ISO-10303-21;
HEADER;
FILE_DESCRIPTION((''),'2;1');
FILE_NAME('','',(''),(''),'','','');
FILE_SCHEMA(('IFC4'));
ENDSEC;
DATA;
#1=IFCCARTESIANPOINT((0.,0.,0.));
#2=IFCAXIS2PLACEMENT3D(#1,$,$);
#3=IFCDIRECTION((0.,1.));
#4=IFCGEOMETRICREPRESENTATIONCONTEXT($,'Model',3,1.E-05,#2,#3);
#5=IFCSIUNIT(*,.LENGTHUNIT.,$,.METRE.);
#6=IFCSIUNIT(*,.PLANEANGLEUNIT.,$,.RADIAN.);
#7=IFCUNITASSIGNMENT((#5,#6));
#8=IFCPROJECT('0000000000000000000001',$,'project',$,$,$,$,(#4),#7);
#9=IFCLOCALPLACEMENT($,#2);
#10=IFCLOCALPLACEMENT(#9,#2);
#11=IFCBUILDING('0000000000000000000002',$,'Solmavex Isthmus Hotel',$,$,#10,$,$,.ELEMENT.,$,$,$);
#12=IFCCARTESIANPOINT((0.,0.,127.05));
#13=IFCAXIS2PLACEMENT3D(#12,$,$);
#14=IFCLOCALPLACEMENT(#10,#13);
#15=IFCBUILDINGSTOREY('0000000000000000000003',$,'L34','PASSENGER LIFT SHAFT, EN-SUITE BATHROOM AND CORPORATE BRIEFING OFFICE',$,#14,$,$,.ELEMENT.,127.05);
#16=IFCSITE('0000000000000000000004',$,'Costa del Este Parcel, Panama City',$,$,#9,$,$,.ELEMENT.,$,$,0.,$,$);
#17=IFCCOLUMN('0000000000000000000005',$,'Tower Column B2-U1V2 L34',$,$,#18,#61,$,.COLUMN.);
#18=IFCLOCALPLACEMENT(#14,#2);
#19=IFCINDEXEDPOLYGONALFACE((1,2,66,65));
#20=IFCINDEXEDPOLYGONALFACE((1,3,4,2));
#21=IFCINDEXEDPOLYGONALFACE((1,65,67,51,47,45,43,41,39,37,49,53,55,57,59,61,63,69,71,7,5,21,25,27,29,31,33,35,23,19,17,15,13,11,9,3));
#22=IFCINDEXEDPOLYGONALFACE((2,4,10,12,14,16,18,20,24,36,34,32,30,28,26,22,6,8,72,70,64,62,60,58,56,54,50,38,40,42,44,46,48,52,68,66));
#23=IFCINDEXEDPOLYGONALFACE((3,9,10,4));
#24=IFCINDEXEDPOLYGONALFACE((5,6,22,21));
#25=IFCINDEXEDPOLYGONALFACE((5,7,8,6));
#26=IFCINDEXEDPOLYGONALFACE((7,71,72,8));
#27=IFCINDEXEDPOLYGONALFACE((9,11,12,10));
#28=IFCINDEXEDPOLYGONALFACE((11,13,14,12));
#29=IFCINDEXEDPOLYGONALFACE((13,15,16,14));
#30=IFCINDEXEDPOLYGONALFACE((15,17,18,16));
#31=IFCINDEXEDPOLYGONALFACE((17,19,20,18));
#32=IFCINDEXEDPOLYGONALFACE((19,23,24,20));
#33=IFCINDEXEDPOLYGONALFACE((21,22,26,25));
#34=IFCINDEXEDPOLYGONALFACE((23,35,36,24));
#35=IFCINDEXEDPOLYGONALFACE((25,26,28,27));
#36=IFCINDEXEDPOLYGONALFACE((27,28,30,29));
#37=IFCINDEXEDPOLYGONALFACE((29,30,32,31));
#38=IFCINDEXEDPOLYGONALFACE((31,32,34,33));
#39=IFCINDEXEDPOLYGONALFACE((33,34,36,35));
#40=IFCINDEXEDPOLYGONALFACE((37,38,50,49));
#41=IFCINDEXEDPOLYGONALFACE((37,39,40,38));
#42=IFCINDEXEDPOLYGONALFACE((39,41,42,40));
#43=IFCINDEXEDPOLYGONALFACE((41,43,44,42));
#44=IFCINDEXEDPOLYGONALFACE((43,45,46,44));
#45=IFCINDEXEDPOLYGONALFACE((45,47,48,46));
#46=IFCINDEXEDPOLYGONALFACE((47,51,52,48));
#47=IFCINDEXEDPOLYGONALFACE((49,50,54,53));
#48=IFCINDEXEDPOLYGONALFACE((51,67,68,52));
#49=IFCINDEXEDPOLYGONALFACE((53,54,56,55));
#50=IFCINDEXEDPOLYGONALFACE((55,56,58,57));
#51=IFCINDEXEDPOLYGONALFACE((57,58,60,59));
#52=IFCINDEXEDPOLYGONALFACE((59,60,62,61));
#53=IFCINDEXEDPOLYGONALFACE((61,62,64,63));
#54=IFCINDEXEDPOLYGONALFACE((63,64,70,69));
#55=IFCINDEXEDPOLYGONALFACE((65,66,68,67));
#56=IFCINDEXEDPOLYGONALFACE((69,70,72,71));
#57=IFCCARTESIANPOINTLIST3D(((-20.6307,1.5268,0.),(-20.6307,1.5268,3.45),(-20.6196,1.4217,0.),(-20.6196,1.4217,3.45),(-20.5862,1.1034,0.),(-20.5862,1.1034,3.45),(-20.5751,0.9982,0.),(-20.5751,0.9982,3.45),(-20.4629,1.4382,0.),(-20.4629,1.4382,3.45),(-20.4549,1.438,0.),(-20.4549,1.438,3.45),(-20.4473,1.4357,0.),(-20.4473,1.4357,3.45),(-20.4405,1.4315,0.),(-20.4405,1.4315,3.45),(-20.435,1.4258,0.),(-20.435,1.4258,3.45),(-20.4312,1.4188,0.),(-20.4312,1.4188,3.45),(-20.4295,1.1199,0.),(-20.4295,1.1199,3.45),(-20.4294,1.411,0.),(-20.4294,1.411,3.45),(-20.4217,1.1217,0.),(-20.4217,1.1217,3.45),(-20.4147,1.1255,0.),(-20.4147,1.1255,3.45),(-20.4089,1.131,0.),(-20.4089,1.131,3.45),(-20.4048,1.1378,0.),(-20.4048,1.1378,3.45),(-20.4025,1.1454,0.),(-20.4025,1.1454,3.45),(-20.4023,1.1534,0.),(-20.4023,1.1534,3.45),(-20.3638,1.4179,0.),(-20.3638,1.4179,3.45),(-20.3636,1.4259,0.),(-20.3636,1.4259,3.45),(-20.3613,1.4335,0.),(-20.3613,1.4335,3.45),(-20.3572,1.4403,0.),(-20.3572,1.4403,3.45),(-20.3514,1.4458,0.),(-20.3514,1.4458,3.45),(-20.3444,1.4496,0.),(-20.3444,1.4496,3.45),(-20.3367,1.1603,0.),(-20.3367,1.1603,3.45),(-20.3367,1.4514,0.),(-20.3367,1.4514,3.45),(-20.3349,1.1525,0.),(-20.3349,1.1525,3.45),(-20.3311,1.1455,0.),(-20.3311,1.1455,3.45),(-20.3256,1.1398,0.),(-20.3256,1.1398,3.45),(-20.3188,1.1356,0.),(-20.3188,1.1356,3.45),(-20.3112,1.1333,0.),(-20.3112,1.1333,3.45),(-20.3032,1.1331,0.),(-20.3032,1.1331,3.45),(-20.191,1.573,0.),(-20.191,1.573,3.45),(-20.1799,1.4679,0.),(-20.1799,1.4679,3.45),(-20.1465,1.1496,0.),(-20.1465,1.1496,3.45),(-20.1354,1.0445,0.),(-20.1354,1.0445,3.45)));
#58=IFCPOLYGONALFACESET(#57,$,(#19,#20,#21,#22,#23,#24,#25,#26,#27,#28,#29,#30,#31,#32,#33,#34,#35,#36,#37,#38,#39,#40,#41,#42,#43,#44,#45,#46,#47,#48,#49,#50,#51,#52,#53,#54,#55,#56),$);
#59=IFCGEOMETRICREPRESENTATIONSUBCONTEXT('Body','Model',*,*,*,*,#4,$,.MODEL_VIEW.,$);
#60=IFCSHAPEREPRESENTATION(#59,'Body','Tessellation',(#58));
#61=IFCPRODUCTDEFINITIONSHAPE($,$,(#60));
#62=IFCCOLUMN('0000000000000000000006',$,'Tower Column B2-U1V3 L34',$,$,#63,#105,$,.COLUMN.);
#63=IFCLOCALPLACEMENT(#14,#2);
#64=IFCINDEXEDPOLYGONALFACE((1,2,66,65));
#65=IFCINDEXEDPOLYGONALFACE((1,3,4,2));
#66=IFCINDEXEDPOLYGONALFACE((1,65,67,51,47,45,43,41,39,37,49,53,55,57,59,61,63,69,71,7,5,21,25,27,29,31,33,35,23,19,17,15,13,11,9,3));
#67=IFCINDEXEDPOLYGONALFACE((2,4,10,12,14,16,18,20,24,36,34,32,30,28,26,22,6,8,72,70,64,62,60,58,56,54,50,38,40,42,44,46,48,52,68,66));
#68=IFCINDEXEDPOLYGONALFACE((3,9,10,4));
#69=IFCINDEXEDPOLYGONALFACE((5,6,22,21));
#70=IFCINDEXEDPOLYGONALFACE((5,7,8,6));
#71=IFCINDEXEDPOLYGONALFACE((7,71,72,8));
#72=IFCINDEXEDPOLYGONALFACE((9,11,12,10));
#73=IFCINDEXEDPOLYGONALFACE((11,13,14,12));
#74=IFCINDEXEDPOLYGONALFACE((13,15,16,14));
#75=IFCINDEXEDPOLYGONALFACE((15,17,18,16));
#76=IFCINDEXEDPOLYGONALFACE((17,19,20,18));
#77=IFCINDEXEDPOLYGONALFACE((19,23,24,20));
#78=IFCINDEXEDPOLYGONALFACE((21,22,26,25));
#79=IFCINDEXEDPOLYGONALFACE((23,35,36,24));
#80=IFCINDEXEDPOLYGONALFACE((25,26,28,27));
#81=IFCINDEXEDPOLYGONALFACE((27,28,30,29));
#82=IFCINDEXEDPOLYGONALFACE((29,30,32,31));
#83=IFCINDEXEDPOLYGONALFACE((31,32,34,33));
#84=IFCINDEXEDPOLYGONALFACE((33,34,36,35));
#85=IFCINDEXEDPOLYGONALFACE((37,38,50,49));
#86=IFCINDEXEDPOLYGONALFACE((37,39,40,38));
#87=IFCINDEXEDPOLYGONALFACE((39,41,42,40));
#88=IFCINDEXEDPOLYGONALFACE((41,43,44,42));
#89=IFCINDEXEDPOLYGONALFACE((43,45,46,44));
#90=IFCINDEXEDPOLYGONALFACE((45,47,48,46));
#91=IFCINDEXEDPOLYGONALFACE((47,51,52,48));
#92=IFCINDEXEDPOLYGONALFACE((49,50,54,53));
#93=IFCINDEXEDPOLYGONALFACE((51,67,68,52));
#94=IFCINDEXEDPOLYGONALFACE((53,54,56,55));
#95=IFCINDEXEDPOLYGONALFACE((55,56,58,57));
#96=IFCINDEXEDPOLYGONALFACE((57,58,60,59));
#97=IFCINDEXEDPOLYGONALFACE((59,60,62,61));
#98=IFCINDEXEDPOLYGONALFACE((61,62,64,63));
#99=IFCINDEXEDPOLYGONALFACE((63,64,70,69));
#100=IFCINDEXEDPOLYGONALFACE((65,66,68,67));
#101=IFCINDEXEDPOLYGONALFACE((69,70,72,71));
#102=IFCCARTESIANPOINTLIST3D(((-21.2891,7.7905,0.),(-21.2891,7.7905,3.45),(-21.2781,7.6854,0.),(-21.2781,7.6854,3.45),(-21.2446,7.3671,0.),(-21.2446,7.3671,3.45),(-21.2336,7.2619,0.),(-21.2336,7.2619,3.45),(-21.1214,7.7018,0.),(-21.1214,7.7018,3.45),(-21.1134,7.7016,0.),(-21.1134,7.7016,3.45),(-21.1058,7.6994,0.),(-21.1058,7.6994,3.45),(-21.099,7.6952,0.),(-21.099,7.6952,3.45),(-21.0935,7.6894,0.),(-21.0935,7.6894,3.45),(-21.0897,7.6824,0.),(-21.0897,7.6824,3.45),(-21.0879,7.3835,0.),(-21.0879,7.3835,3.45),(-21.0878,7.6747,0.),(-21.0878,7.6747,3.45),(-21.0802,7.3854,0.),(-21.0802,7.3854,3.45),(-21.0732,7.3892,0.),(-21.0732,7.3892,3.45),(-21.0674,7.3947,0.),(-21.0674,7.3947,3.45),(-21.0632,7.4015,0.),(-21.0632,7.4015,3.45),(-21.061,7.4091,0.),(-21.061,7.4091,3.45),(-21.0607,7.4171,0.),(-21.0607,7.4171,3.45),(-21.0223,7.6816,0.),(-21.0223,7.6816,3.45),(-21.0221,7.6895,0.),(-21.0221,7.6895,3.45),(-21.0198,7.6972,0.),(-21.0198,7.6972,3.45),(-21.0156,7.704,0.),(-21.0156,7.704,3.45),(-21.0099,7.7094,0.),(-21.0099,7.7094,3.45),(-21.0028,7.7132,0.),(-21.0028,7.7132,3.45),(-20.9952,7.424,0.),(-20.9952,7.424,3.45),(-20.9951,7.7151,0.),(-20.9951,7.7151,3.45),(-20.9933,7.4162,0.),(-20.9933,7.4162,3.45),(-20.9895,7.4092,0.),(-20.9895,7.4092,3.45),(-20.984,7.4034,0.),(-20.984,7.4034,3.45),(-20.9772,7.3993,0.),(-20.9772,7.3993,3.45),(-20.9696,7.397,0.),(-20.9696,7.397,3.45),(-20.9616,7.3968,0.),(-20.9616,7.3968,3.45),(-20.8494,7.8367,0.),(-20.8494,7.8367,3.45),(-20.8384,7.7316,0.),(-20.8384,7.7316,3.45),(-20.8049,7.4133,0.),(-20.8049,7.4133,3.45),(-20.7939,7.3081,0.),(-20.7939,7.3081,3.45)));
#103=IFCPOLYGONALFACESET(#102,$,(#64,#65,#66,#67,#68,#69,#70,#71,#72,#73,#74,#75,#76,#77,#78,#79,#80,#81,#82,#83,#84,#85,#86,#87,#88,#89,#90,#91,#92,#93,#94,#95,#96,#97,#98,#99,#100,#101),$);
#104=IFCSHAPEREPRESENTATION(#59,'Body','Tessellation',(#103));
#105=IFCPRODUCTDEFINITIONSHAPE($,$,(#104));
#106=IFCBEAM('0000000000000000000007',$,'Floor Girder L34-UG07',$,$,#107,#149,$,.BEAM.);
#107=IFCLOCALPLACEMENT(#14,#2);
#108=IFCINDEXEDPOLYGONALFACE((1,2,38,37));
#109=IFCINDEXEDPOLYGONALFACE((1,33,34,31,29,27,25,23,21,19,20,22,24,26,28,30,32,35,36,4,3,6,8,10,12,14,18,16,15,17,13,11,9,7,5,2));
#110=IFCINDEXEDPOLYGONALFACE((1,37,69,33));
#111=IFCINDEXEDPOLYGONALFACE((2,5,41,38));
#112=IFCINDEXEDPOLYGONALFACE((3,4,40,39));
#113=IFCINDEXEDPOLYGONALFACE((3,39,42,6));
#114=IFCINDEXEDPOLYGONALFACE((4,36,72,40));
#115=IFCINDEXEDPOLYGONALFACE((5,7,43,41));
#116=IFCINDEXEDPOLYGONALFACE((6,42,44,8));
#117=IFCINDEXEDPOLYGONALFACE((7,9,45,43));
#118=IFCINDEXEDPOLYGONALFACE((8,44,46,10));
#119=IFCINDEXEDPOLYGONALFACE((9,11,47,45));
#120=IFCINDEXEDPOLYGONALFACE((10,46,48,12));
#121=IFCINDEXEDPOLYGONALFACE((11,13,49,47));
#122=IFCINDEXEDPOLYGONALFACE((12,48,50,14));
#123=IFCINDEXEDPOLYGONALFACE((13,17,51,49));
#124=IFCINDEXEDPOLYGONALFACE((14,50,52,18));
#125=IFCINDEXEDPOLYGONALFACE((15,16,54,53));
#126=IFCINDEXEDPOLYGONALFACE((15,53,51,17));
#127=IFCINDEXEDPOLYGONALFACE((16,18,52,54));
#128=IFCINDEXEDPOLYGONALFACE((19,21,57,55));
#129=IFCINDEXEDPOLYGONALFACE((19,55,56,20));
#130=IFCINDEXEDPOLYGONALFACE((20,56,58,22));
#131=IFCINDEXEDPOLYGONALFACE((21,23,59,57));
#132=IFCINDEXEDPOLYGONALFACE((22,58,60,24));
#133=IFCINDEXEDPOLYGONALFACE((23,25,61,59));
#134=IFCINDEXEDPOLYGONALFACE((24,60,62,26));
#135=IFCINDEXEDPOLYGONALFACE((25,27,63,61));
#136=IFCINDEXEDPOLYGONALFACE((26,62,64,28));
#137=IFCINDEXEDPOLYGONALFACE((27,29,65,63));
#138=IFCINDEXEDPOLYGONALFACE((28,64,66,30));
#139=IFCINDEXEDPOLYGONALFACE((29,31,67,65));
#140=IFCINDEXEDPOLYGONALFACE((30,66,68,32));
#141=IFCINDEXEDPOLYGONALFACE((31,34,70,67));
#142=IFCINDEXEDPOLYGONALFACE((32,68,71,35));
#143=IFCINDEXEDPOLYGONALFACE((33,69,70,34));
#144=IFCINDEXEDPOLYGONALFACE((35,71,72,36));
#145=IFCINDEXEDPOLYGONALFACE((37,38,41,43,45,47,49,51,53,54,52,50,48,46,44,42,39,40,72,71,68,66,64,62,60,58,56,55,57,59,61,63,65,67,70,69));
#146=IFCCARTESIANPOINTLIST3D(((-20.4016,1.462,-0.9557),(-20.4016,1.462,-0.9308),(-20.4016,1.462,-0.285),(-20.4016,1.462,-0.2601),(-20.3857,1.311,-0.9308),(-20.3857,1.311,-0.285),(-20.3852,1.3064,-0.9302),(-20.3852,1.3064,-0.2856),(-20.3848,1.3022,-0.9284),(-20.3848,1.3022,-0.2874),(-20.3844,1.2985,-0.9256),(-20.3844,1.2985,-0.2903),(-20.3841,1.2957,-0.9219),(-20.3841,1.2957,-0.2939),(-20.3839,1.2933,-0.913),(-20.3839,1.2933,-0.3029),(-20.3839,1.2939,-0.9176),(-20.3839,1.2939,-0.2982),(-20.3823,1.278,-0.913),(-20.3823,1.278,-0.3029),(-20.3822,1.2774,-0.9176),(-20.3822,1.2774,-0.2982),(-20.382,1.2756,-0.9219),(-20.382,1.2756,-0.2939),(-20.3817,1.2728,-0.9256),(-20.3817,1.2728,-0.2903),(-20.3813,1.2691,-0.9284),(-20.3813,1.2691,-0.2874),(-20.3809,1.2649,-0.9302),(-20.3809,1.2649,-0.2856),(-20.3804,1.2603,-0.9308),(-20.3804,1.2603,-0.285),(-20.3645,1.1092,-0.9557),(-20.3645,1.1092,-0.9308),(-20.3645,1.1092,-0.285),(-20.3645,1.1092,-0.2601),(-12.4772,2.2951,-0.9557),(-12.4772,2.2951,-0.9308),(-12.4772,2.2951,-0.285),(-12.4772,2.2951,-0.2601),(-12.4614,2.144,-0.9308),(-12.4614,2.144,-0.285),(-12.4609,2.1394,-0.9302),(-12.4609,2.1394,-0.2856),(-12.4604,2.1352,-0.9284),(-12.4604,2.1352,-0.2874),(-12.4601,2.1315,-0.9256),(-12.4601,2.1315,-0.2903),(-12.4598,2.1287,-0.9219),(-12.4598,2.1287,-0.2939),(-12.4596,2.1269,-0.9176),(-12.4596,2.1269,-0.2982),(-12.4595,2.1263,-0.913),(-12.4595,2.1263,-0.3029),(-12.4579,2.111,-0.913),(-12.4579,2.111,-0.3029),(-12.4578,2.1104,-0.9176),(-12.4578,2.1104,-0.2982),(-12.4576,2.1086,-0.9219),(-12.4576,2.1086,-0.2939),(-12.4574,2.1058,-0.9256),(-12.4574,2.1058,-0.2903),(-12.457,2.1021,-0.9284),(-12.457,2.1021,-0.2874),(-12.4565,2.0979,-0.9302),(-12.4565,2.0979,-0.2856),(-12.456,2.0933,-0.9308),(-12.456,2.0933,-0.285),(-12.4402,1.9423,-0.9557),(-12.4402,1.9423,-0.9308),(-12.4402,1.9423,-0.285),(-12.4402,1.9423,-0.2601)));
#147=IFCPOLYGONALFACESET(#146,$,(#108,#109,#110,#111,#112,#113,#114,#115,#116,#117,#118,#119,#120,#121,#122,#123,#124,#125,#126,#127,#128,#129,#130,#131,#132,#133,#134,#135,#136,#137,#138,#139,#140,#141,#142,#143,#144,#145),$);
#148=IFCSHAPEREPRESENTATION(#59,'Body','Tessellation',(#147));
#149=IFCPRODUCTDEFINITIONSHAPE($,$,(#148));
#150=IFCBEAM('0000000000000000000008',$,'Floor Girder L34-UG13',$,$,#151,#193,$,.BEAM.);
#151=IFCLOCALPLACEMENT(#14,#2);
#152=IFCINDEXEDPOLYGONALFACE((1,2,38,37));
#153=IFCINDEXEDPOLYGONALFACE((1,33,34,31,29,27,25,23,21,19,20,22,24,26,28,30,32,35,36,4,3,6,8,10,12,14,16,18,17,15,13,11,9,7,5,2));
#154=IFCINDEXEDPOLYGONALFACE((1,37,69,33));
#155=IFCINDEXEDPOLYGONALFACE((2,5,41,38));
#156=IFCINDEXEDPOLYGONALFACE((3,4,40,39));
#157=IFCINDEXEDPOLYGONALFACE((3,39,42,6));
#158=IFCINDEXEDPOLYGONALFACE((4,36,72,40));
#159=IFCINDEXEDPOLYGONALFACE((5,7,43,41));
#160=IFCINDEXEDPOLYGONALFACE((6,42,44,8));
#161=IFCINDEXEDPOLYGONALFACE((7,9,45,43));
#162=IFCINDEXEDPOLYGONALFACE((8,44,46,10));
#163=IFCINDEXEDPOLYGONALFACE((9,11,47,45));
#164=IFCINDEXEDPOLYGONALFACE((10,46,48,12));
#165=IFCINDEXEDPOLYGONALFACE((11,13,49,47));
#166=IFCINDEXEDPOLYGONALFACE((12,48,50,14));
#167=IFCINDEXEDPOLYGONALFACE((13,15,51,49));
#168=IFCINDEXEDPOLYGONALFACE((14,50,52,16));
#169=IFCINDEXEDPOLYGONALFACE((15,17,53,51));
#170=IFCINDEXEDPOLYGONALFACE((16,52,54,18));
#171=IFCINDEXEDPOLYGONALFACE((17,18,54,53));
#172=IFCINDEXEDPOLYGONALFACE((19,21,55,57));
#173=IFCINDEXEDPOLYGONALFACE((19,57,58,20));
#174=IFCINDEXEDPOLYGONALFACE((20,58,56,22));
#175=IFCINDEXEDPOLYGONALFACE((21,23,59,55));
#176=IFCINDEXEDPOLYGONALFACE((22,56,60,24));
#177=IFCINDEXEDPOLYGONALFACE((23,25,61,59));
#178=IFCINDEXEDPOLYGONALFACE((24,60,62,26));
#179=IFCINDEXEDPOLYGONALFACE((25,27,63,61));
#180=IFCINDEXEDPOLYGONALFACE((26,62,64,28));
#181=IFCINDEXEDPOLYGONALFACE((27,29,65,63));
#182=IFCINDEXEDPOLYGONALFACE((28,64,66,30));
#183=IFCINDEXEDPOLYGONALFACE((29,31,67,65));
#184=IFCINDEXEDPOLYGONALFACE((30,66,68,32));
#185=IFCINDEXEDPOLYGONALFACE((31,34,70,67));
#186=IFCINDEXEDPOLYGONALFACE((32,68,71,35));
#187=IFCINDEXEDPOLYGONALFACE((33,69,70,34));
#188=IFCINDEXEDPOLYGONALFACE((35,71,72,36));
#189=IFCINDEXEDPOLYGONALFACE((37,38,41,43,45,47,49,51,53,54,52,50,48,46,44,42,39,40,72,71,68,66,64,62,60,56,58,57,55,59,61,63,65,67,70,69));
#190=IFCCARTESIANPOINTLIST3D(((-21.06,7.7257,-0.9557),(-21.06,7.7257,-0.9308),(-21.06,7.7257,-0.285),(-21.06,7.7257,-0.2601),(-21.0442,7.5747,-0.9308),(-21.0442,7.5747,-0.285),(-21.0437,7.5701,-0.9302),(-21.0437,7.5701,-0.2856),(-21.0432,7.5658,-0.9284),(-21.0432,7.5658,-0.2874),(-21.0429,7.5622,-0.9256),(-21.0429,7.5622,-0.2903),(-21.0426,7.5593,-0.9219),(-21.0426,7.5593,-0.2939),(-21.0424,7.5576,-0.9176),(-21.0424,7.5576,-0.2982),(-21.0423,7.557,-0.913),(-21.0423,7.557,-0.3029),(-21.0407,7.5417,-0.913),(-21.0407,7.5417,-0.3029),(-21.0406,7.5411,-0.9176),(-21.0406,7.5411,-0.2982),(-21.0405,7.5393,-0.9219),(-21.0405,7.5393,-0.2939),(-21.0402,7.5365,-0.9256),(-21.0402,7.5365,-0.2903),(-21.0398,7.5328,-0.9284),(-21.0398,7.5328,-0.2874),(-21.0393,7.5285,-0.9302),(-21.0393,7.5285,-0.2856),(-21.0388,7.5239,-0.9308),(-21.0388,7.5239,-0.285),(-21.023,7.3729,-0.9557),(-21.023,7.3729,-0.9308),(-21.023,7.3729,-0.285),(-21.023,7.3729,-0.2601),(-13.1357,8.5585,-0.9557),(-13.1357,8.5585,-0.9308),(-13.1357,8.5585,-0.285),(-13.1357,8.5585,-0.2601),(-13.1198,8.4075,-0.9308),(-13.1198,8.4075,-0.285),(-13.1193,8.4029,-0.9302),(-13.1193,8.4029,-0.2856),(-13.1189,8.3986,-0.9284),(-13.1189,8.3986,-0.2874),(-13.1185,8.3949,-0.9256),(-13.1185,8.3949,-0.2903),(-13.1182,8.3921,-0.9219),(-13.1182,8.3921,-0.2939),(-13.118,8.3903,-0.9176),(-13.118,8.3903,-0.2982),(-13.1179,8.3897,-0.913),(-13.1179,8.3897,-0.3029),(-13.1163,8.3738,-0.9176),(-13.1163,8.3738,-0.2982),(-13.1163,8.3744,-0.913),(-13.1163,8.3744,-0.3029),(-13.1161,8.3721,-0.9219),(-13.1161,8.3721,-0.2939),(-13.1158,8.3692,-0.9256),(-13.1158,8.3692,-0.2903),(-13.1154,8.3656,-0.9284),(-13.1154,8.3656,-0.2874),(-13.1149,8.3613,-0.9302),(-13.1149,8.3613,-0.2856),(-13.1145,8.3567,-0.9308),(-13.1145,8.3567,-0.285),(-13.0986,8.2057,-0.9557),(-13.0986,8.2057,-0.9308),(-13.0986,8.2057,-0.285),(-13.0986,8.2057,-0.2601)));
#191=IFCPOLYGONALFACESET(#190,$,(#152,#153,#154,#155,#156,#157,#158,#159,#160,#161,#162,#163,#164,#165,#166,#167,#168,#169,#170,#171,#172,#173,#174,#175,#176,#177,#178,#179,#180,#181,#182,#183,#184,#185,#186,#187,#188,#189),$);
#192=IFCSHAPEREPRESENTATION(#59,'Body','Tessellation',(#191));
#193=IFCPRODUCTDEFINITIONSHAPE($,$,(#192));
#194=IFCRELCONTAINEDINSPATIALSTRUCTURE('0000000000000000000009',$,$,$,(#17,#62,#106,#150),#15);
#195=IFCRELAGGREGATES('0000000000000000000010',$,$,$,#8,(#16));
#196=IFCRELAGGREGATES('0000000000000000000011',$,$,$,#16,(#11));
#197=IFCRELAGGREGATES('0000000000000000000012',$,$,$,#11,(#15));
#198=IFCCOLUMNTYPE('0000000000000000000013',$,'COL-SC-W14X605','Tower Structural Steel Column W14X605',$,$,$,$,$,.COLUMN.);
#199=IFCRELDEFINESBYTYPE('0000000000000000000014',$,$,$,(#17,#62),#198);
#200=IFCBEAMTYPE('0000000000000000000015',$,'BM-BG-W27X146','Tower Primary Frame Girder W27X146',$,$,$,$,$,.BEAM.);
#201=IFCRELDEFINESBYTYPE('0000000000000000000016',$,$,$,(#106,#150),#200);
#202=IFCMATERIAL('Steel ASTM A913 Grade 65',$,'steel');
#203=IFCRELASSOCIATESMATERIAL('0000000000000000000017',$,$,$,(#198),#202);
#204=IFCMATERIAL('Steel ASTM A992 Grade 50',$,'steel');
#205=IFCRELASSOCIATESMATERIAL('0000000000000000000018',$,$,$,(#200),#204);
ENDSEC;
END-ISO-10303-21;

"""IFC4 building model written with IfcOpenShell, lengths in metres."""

from ifc_helpers import new_model, si_unit, direction, frame, origin, origin_2d, place, context, subcontext, project, spatial, i_section, extrude, material, material_profile, profile_set, type_object, element, save


model = new_model("IFC4")

# Units and contexts
model_context = context("Model", 3, precision=1e-05, world=origin(), true_north=direction((0.0, 1.0)))
body_context = subcontext(model_context, "Body", "Model", "MODEL_VIEW")
ifc_project = project(units=[si_unit("LENGTHUNIT", "METRE"), si_unit("PLANEANGLEUNIT", "RADIAN")], contexts=[model_context])

# Site, building, storey
site_placement = place(None, origin())
site = spatial("IfcSite", under=ifc_project, at=site_placement, Name="Costa del Este Parcel, Panama City", CompositionType="ELEMENT", RefElevation=0.0)
building_placement = place(site_placement, origin())
building = spatial("IfcBuilding", under=site, at=building_placement, Name="Solmavex Isthmus Hotel", CompositionType="ELEMENT")
storey_placement = place(building_placement, frame((0.0, 0.0, 127.05)))
storey = spatial("IfcBuildingStorey", under=building, at=storey_placement, Name="L34", Description="PASSENGER LIFT SHAFT, EN-SUITE BATHROOM AND CORPORATE BRIEFING OFFICE", CompositionType="ELEMENT", Elevation=127.05)

# Columns
ifc_material_1 = material(Name="Steel ASTM A913 Grade 65", Category="steel")
ifc_material_profile_1 = material_profile(ifc_material_1, i_section(OverallWidth=0.4421, OverallDepth=0.5315, WebThickness=0.0659, FlangeThickness=0.1057, FilletRadius=0.0305, at=origin_2d()), Name="W14X605")
ifc_profile_set_1 = profile_set([ifc_material_profile_1], Name="Steel ASTM A913 Grade 65")
column_type = type_object("IfcColumnType", Name="COL-SC-W14X605", Description="Tower Structural Steel Column W14X605", PredefinedType="COLUMN", material=ifc_profile_set_1)
for number, where, z_axis, x_axis, name in (
    (1, (-20.3831, 1.2856, 0.0), (0.0, 0.0, 1.0), (0.994522, 0.104528, 0.0), "Tower Column B2-U1V2 L34"),
    (2, (-21.0415, 7.5493, 0.0), (0.0, 0.0, 1.0), (0.994522, 0.104528, 0.0), "Tower Column B2-U1V3 L34"),
):
    element("IfcColumn", number, at=place(storey_placement, frame(where, z_axis=z_axis, x_axis=x_axis)), inside=storey, type_object=column_type, Name=name, PredefinedType="COLUMN", context=body_context, shape_type="SweptSolid", body=[
        extrude(i_section(OverallWidth=0.4421, OverallDepth=0.5315, WebThickness=0.0659, FlangeThickness=0.1057, FilletRadius=0.0305, at=origin_2d()), origin(), (0.0, 0.0, 1.0), 3.45),
    ])

# Beams
ifc_material_2 = material(Name="Steel ASTM A992 Grade 50", Category="steel")
ifc_material_profile_2 = material_profile(ifc_material_2, i_section(OverallWidth=0.3547, OverallDepth=0.6956, WebThickness=0.0154, FlangeThickness=0.0249, FilletRadius=0.0178, at=origin_2d()), Name="W27X146")
ifc_profile_set_2 = profile_set([ifc_material_profile_2], Name="Steel ASTM A992 Grade 50")
beam_type_1 = type_object("IfcBeamType", Name="BM-BG-W27X146", Description="Tower Primary Frame Girder W27X146", PredefinedType="BEAM", material=ifc_profile_set_2)
for number, where, z_axis, x_axis, name in (
    (3, (-20.3831, 1.2856, -0.6079), (0.99452, 0.104544, 0.0), (-0.104544, 0.99452, 0.0), "Floor Girder L34-UG07"),
    (4, (-21.0415, 7.5493, -0.6079), (0.994523, 0.104514, 0.0), (-0.104514, 0.994523, 0.0), "Floor Girder L34-UG13"),
):
    element("IfcBeam", number, at=place(storey_placement, frame(where, z_axis=z_axis, x_axis=x_axis)), inside=storey, type_object=beam_type_1, Name=name, PredefinedType="BEAM", context=body_context, shape_type="SweptSolid", body=[
        extrude(i_section(OverallWidth=0.3547, OverallDepth=0.6956, WebThickness=0.0154, FlangeThickness=0.0249, FilletRadius=0.0178, at=origin_2d()), origin(), (0.0, 0.0, 1.0), 7.968),
    ])

save(model, "model.ifc")
